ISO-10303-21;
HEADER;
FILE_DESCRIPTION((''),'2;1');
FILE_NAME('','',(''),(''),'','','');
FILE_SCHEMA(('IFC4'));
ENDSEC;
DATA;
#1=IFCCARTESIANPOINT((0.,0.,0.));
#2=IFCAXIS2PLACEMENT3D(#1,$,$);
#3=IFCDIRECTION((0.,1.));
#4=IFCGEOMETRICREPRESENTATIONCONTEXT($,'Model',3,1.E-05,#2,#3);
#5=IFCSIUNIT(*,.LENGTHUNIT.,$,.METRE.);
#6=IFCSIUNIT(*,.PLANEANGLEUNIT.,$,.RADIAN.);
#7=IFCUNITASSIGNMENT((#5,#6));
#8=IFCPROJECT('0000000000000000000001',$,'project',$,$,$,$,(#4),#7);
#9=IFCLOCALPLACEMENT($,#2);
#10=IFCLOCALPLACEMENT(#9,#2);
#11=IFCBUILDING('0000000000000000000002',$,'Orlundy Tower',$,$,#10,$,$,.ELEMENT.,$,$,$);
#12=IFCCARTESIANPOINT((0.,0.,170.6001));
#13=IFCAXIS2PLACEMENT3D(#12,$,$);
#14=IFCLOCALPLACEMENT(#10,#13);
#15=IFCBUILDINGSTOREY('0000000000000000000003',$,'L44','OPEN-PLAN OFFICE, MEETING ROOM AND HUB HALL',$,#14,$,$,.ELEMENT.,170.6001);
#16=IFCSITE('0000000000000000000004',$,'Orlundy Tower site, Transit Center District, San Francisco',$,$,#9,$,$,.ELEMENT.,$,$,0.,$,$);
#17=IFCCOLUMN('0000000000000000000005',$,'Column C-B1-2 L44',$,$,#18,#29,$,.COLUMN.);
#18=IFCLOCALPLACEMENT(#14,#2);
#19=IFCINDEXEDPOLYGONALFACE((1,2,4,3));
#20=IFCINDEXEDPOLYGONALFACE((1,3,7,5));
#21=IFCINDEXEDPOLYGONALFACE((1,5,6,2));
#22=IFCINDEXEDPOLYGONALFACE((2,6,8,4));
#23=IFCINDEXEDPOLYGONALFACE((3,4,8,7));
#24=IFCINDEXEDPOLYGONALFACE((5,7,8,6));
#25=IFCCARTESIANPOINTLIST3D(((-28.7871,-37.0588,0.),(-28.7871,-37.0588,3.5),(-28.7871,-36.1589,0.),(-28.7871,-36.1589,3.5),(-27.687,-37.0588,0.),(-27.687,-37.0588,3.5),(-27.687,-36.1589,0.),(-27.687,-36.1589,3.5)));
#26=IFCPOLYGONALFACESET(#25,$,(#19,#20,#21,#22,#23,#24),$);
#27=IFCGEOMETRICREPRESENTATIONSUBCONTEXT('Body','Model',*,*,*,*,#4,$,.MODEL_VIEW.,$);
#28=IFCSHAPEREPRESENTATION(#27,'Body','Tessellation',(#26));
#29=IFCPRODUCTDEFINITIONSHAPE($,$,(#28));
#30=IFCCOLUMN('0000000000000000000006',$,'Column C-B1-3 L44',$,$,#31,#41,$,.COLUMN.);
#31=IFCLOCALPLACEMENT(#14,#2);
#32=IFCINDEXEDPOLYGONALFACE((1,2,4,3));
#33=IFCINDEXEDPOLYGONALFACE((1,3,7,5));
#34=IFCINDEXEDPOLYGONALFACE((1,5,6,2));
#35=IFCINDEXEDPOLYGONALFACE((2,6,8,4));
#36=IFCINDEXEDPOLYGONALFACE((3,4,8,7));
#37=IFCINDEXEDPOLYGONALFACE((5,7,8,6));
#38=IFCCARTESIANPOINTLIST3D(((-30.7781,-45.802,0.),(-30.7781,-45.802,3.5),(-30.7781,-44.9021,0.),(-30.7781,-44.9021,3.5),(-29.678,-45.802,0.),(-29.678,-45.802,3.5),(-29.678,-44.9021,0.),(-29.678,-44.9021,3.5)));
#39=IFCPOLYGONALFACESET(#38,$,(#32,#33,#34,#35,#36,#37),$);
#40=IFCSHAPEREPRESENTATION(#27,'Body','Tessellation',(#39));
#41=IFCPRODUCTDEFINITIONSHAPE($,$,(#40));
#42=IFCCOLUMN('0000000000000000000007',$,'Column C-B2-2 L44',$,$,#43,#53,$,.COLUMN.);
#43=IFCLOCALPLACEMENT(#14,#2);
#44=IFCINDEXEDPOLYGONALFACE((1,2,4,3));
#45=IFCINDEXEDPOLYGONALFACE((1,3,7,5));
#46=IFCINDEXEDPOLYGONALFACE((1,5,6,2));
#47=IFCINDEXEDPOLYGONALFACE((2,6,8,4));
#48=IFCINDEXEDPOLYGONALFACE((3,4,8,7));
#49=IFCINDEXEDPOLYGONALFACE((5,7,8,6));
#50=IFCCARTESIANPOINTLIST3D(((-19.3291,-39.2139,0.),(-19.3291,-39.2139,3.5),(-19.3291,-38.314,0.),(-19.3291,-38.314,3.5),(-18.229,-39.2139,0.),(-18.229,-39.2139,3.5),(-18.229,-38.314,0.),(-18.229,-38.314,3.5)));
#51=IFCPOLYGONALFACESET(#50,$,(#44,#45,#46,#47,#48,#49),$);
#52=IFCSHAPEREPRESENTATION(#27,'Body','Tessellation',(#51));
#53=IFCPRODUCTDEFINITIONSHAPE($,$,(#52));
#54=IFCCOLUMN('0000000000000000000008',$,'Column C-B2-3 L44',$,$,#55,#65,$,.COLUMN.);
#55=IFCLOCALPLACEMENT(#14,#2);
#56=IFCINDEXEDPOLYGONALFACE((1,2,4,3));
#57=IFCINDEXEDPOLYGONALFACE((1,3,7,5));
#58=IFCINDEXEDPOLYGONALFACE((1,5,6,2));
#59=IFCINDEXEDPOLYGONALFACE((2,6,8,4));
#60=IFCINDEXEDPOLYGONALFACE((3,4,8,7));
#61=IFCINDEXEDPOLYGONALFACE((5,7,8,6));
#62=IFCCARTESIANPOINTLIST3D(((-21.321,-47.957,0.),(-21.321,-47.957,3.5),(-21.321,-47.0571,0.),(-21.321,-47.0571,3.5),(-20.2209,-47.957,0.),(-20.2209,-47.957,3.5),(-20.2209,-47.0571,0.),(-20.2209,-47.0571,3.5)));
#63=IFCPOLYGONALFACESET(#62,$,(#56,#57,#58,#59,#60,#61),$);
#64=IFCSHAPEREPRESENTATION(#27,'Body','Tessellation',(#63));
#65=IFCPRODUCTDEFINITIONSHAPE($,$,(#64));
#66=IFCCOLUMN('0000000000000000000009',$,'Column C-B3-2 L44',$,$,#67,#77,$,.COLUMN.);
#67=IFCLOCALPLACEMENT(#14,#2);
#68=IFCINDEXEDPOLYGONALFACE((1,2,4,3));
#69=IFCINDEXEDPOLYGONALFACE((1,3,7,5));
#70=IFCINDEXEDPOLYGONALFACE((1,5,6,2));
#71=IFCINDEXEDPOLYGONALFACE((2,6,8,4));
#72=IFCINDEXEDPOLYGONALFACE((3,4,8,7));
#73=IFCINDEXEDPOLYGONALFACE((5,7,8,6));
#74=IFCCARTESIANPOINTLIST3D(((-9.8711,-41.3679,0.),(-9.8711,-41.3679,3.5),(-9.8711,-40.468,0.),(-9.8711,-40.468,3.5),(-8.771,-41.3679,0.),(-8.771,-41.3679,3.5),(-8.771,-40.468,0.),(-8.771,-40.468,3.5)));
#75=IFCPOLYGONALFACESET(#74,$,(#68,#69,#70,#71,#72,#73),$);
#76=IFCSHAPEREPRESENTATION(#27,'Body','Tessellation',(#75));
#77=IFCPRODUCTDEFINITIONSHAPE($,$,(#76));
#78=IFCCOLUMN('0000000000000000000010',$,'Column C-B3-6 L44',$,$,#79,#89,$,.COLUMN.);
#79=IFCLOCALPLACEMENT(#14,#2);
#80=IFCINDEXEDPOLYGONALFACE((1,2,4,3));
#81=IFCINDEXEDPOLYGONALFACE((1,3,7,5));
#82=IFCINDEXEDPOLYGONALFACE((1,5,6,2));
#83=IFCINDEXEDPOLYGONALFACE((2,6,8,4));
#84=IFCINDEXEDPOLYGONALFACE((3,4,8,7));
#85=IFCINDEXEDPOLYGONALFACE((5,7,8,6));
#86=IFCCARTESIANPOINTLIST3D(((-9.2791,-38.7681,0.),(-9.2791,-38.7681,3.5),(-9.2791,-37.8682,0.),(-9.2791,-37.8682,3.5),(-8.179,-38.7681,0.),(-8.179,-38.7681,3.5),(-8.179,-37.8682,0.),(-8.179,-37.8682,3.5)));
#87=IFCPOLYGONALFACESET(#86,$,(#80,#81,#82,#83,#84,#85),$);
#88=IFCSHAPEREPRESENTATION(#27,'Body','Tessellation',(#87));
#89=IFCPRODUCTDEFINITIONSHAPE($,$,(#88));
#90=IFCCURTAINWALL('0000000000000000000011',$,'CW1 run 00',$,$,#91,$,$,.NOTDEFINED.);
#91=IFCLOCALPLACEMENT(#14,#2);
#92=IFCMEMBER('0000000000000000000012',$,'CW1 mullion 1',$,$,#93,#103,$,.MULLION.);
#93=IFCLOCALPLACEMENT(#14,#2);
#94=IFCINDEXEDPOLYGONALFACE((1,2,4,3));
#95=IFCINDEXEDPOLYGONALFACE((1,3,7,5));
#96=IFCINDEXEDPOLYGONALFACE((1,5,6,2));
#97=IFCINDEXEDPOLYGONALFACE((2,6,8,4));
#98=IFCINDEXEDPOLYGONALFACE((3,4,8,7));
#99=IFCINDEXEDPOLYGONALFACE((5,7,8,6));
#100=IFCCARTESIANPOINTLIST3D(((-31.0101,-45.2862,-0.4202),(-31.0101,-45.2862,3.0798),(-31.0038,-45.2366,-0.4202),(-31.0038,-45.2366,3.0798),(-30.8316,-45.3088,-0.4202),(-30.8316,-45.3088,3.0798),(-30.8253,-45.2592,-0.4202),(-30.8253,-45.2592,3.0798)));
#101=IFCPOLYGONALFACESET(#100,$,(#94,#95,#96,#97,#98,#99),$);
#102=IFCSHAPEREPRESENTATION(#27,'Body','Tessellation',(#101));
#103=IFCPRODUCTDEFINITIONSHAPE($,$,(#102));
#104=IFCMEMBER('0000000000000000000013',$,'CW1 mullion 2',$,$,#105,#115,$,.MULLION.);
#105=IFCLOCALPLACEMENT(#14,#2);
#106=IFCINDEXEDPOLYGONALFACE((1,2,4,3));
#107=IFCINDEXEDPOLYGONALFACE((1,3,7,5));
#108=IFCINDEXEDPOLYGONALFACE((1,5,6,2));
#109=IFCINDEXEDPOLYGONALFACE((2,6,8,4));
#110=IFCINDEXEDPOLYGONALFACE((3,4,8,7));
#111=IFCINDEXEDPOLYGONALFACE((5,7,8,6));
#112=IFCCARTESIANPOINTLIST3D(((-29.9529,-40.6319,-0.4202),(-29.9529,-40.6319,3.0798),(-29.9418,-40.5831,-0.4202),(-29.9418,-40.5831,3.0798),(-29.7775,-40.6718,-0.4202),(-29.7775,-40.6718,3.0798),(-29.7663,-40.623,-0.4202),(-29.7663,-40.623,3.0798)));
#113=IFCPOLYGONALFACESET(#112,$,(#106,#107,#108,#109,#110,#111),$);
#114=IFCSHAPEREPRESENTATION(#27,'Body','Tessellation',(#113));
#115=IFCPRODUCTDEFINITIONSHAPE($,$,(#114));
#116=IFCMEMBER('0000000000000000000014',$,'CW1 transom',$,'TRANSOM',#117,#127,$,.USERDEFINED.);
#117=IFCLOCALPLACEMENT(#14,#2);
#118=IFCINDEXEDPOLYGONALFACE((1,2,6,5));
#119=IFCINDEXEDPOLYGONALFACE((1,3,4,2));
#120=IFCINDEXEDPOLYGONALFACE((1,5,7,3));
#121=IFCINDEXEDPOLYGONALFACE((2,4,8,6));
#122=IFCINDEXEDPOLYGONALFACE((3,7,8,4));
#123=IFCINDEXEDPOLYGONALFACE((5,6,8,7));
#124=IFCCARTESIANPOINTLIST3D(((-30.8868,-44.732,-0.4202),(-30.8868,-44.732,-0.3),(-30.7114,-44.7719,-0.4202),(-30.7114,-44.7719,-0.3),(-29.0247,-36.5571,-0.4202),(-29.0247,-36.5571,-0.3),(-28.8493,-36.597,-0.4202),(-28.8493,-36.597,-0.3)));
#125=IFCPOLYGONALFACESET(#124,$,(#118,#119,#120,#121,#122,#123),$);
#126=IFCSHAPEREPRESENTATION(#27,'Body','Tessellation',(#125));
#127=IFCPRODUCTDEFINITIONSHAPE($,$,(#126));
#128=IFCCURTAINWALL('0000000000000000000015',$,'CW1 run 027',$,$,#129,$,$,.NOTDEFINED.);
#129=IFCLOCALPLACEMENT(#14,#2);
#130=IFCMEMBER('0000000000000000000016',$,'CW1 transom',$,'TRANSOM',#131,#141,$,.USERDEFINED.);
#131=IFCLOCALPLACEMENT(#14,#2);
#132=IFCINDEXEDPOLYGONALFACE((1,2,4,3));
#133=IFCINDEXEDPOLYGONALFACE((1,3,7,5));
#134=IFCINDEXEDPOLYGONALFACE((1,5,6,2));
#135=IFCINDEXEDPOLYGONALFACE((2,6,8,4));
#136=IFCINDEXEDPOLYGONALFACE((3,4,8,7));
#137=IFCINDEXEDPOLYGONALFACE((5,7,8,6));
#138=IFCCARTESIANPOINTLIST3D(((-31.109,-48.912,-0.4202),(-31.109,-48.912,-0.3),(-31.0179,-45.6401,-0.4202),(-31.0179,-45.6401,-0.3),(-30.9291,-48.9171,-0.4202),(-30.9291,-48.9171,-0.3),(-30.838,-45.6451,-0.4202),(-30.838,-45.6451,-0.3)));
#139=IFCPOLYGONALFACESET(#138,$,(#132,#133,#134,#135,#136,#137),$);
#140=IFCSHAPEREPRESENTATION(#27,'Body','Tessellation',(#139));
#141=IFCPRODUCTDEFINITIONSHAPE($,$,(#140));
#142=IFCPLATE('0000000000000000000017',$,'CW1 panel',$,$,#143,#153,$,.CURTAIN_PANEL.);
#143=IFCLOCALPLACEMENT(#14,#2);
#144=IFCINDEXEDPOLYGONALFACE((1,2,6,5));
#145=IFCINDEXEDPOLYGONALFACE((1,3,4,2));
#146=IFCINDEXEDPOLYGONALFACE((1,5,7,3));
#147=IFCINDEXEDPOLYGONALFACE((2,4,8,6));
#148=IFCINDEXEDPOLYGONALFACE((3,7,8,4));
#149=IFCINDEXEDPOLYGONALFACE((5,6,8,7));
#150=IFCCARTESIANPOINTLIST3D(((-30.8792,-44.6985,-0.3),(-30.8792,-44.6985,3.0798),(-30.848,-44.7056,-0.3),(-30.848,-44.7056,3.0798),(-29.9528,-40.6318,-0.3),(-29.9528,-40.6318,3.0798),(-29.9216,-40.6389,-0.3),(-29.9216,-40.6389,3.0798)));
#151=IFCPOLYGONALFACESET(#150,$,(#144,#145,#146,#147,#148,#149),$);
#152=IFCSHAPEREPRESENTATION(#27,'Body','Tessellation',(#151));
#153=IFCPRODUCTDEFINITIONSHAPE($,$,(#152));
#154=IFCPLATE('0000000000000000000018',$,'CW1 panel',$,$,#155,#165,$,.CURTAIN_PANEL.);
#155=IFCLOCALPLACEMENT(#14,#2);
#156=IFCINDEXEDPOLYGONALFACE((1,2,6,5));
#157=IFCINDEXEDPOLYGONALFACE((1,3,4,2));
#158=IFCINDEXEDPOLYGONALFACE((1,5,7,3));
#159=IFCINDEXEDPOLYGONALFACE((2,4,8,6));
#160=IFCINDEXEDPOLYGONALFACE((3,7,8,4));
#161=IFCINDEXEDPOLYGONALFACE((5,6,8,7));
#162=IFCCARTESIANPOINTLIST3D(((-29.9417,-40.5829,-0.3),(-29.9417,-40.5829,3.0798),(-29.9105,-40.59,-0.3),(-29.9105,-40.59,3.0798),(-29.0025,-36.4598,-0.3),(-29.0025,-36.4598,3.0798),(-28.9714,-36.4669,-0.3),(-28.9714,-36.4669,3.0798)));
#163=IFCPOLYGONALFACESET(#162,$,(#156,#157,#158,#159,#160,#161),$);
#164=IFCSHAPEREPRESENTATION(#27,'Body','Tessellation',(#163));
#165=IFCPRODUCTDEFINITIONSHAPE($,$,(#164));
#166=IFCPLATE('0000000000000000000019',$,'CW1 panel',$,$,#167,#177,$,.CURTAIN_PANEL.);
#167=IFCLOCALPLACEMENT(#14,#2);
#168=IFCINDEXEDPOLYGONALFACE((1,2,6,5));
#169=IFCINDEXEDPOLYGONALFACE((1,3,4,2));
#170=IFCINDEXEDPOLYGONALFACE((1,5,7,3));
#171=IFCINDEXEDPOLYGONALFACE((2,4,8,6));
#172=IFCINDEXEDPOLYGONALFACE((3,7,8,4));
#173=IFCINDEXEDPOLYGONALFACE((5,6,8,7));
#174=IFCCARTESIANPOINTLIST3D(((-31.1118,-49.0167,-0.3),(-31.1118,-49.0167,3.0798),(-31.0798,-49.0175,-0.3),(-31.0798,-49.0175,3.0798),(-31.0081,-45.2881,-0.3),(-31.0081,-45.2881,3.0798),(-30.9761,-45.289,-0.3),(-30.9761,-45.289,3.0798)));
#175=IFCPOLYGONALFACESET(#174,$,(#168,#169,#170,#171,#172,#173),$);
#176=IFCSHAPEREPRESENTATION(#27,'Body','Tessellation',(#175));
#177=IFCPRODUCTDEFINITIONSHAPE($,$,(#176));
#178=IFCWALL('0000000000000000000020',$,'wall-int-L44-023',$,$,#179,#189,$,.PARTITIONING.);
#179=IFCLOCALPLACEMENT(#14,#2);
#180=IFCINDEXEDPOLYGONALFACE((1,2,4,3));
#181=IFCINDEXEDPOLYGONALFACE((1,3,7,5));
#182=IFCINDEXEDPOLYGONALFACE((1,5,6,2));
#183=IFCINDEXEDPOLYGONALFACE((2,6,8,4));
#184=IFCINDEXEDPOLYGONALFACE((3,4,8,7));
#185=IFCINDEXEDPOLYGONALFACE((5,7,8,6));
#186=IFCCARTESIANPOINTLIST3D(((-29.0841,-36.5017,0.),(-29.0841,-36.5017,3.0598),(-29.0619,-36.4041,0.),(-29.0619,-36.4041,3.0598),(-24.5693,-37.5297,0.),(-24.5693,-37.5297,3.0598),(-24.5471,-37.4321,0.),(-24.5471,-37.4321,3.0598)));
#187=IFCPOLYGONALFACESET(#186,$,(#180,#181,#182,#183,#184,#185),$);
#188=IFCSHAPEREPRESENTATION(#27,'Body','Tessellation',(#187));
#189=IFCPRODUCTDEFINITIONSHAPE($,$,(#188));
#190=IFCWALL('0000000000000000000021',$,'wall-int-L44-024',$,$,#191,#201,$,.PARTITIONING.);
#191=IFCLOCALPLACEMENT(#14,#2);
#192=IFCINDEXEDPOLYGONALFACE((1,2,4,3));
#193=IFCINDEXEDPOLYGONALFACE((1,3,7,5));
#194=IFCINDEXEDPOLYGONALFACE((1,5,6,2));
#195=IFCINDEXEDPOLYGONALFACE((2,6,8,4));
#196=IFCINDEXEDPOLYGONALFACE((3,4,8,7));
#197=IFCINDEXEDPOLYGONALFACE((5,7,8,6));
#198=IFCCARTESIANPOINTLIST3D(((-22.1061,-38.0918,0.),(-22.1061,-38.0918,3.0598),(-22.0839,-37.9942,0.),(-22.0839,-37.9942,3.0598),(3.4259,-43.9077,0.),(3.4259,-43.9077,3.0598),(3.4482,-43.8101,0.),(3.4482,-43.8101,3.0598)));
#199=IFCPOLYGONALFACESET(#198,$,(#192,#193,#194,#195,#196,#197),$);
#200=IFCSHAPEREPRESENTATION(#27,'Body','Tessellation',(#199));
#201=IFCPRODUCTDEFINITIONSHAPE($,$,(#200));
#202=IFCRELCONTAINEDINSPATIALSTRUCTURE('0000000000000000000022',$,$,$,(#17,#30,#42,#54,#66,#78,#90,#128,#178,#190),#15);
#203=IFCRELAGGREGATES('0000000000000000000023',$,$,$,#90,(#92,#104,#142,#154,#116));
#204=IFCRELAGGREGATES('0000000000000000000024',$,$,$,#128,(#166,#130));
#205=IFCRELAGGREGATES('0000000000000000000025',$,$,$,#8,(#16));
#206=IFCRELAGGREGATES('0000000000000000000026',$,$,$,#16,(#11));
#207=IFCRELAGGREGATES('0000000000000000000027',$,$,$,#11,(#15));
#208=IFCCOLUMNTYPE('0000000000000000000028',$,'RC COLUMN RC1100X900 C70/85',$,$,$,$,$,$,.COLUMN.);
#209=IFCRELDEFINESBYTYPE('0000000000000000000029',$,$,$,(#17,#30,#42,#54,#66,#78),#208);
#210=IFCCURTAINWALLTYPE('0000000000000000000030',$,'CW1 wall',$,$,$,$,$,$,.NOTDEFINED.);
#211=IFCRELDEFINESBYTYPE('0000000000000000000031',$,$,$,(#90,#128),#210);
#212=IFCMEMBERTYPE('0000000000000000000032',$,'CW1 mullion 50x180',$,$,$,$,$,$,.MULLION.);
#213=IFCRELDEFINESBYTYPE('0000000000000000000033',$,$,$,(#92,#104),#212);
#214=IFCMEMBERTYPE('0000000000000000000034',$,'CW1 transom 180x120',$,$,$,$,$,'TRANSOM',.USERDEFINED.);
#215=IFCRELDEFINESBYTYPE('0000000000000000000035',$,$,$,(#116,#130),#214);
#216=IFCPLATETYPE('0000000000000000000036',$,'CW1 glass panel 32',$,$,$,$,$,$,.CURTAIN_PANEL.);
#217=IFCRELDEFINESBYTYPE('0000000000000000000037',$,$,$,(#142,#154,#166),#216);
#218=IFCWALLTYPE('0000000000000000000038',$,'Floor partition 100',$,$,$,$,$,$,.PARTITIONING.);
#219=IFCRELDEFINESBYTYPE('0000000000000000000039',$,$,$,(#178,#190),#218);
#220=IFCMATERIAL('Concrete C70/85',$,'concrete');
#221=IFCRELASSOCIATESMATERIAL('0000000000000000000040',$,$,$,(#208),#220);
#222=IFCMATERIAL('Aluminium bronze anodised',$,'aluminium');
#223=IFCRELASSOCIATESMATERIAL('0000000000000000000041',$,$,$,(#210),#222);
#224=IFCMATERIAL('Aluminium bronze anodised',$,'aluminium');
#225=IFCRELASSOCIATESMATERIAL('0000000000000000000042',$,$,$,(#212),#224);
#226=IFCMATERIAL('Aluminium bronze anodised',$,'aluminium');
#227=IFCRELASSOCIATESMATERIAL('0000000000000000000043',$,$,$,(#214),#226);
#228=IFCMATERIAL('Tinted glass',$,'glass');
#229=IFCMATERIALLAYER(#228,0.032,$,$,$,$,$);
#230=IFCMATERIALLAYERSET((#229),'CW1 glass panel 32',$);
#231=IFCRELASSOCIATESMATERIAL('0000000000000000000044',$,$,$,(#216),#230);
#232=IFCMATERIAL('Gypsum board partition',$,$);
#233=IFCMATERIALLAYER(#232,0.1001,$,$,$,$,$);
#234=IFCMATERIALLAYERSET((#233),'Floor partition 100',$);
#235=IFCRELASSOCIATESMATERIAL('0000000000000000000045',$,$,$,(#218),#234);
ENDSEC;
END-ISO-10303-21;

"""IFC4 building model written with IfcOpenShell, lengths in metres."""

from ifc_helpers import new_model, si_unit, direction, frame, frame_2d, origin, origin_2d, place, context, subcontext, project, spatial, rectangle, extrude, material, layer, layer_set, material_profile, profile_set, type_object, element, aggregate, save


model = new_model("IFC4")

# Units and contexts
model_context = context("Model", 3, precision=1e-05, world=origin(), true_north=direction((0.0, 1.0)))
body_context = subcontext(model_context, "Body", "Model", "MODEL_VIEW")
ifc_project = project(units=[si_unit("LENGTHUNIT", "METRE"), si_unit("PLANEANGLEUNIT", "RADIAN")], contexts=[model_context])

# Site, building, storey
site_placement = place(None, origin())
site = spatial("IfcSite", under=ifc_project, at=site_placement, Name="Orlundy Tower site, Transit Center District, San Francisco", CompositionType="ELEMENT", RefElevation=0.0)
building_placement = place(site_placement, origin())
building = spatial("IfcBuilding", under=site, at=building_placement, Name="Orlundy Tower", CompositionType="ELEMENT")
storey_placement = place(building_placement, frame((0.0, 0.0, 170.6001)))
storey = spatial("IfcBuildingStorey", under=building, at=storey_placement, Name="L44", Description="OPEN-PLAN OFFICE, MEETING ROOM AND HUB HALL", CompositionType="ELEMENT", Elevation=170.6001)

# Columns
ifc_material_1 = material(Name="Concrete C70/85", Category="concrete")
ifc_material_profile_1 = material_profile(ifc_material_1, rectangle(XDim=1.1001, YDim=0.8999, at=origin_2d()), Name="RC1100X900")
ifc_profile_set_1 = profile_set([ifc_material_profile_1], Name="Concrete C70/85")
column_type = type_object("IfcColumnType", Name="RC COLUMN RC1100X900 C70/85", PredefinedType="COLUMN", material=ifc_profile_set_1)
for number, where, z_axis, x_axis, name in (
    (1, (-28.2371, -36.6089, 0.0), (0.0, 0.0, 1.0), (1.0, 0.0, 0.0), "Column C-B1-2 L44"),
    (2, (-30.228, -45.3521, 0.0), (0.0, 0.0, 1.0), (1.0, 0.0, 0.0), "Column C-B1-3 L44"),
    (3, (-18.7791, -38.7639, 0.0), (0.0, 0.0, 1.0), (1.0, 0.0, 0.0), "Column C-B2-2 L44"),
    (4, (-20.771, -47.5071, 0.0), (0.0, 0.0, 1.0), (1.0, 0.0, 0.0), "Column C-B2-3 L44"),
    (5, (-9.321, -40.918, 0.0), (0.0, 0.0, 1.0), (1.0, 0.0, 0.0), "Column C-B3-2 L44"),
    (6, (-8.729, -38.3181, 0.0), (0.0, 0.0, 1.0), (1.0, 0.0, 0.0), "Column C-B3-6 L44"),
):
    element("IfcColumn", number, at=place(storey_placement, frame(where, z_axis=z_axis, x_axis=x_axis)), inside=storey, type_object=column_type, Name=name, PredefinedType="COLUMN", context=body_context, shape_type="SweptSolid", body=[
        extrude(rectangle(XDim=1.1001, YDim=0.8999, at=origin_2d()), origin(), (0.0, 0.0, 1.0), 3.5),
    ])

# Curtain wall, members
ifc_material_2 = material(Name="Aluminium bronze anodised", Category="aluminium")
curtain_wall_type = type_object("IfcCurtainWallType", Name="CW1 wall", PredefinedType="NOTDEFINED", material=ifc_material_2)
curtain_wall_1_placement = place(storey_placement, origin())
curtain_wall_1 = element("IfcCurtainWall", 7, at=curtain_wall_1_placement, inside=storey, type_object=curtain_wall_type, Name="CW1 run 00", PredefinedType="NOTDEFINED")
ifc_material_3 = material(Name="Aluminium bronze anodised", Category="aluminium")
ifc_material_profile_2 = material_profile(ifc_material_3, rectangle(XDim=0.1799, YDim=0.05, at=origin_2d()), Name="CW1 mullion 50x180")
ifc_profile_set_2 = profile_set([ifc_material_profile_2], Name="Aluminium bronze anodised")
member_type_1 = type_object("IfcMemberType", Name="CW1 mullion 50x180", PredefinedType="MULLION", material=ifc_profile_set_2)
member_1_placement = place(storey_placement, frame((-30.9177, -45.2727, -0.4202), z_axis=(0.0, 0.0, 1.0), x_axis=(-0.992088, 0.125547, 0.0)))
member_1 = element("IfcMember", 8, at=member_1_placement, type_object=member_type_1, Name="CW1 mullion 1", PredefinedType="MULLION", context=body_context, shape_type="SweptSolid", body=[
    extrude(rectangle(XDim=0.1799, YDim=0.05, at=origin_2d()), origin(), (0.0, 0.0, 1.0), 3.5),
])
member_2_placement = place(storey_placement, frame((-29.8596, -40.6274, -0.4202), z_axis=(0.0, 0.0, 1.0), x_axis=(-0.975025, 0.222097, 0.0)))
member_2 = element("IfcMember", 9, at=member_2_placement, type_object=member_type_1, Name="CW1 mullion 2", PredefinedType="MULLION", context=body_context, shape_type="SweptSolid", body=[
    extrude(rectangle(XDim=0.1799, YDim=0.05, at=origin_2d()), origin(), (0.0, 0.0, 1.0), 3.5),
])
ifc_material_4 = material(Name="Aluminium bronze anodised", Category="aluminium")
ifc_material_profile_3 = material_profile(ifc_material_4, rectangle(XDim=0.1799, YDim=0.1201, at=origin_2d()), Name="CW1 transom 180x120")
ifc_profile_set_3 = profile_set([ifc_material_profile_3], Name="Aluminium bronze anodised")
member_type_2 = type_object("IfcMemberType", Name="CW1 transom 180x120", ElementType="TRANSOM", PredefinedType="USERDEFINED", material=ifc_profile_set_3)
member_3_placement = place(storey_placement, frame((-30.7991, -44.752, -0.3601), z_axis=(0.222092, 0.975026, 0.0), x_axis=(-0.975026, 0.222092, 0.0)))
member_3 = element("IfcMember", 10, at=member_3_placement, type_object=member_type_2, Name="CW1 transom", ObjectType="TRANSOM", PredefinedType="USERDEFINED", context=body_context, shape_type="SweptSolid", body=[
    extrude(rectangle(XDim=0.1799, YDim=0.1201, at=origin_2d()), origin(), (0.0, 0.0, 1.0), 8.3843),
])

# Curtain wall, member
curtain_wall_2_placement = place(storey_placement, origin())
curtain_wall_2 = element("IfcCurtainWall", 11, at=curtain_wall_2_placement, inside=storey, type_object=curtain_wall_type, Name="CW1 run 027", PredefinedType="NOTDEFINED")
member_4_placement = place(storey_placement, frame((-31.019, -48.9146, -0.3601), z_axis=(0.027821, 0.999613, 0.0), x_axis=(-0.999613, 0.027821, 0.0)))
member_4 = element("IfcMember", 12, at=member_4_placement, type_object=member_type_2, Name="CW1 transom", ObjectType="TRANSOM", PredefinedType="USERDEFINED", context=body_context, shape_type="SweptSolid", body=[
    extrude(rectangle(XDim=0.1799, YDim=0.1201, at=origin_2d()), origin(), (0.0, 0.0, 1.0), 3.2732),
])

# Plates
ifc_material_5 = material(Name="Tinted glass", Category="glass")
ifc_layer_1 = layer(ifc_material_5, 0.032)
ifc_layer_set_1 = layer_set([ifc_layer_1], Name="CW1 glass panel 32")
plate_type = type_object("IfcPlateType", Name="CW1 glass panel 32", PredefinedType="CURTAIN_PANEL", material=ifc_layer_set_1)
plate_1_placement = place(storey_placement, frame((-30.4004, -42.6687, -0.3), z_axis=(0.0, 0.0, 1.0), x_axis=(0.222097, 0.975025, 0.0)))
plate_1 = element("IfcPlate", 13, at=plate_1_placement, type_object=plate_type, Name="CW1 panel", PredefinedType="CURTAIN_PANEL", context=body_context, shape_type="SweptSolid", body=[
    extrude(rectangle(XDim=4.1709, YDim=0.032, at=origin_2d()), origin(), (0.0, 0.0, 1.0), 3.3799),
])
plate_2_placement = place(storey_placement, frame((-29.4565, -38.5249, -0.3), z_axis=(0.0, 0.0, 1.0), x_axis=(0.222097, 0.975025, 0.0)))
plate_2 = element("IfcPlate", 14, at=plate_2_placement, type_object=plate_type, Name="CW1 panel", PredefinedType="CURTAIN_PANEL", context=body_context, shape_type="SweptSolid", body=[
    extrude(rectangle(XDim=4.2288, YDim=0.032, at=origin_2d()), origin(), (0.0, 0.0, 1.0), 3.3799),
])
aggregate(curtain_wall_1, [member_1, member_2, plate_1, plate_2, member_3])
plate_3_placement = place(storey_placement, frame((-31.0439, -47.1528, -0.3), z_axis=(0.0, 0.0, 1.0), x_axis=(0.02779, 0.999614, 0.0)))
plate_3 = element("IfcPlate", 15, at=plate_3_placement, type_object=plate_type, Name="CW1 panel", PredefinedType="CURTAIN_PANEL", context=body_context, shape_type="SweptSolid", body=[
    extrude(rectangle(XDim=3.73, YDim=0.032, at=origin_2d()), origin(), (0.0, 0.0, 1.0), 3.3799),
])
aggregate(curtain_wall_2, [plate_3, member_4])

# Walls
ifc_material_6 = material(Name="Gypsum board partition")
ifc_layer_2 = layer(ifc_material_6, 0.1001)
ifc_layer_set_2 = layer_set([ifc_layer_2], Name="Floor partition 100")
wall_type_1 = type_object("IfcWallType", Name="Floor partition 100", PredefinedType="PARTITIONING", material=ifc_layer_set_2)
wall_1_placement = place(storey_placement, frame((-29.073, -36.4529, 0.0), z_axis=(0.0, 0.0, 1.0), x_axis=(0.975041, -0.222024, 0.0)))
element("IfcWall", 16, at=wall_1_placement, inside=storey, type_object=wall_type_1, Name="wall-int-L44-023", PredefinedType="PARTITIONING", context=body_context, shape_type="SweptSolid", body=[
    extrude(rectangle(XDim=4.6304, YDim=0.1001, at=frame_2d((2.3152, 0.0))), origin(), (0.0, 0.0, 1.0), 3.0598),
])
wall_2_placement = place(storey_placement, frame((-22.095, -38.043, 0.0), z_axis=(0.0, 0.0, 1.0), x_axis=(0.975024, -0.2221, 0.0)))
element("IfcWall", 17, at=wall_2_placement, inside=storey, type_object=wall_type_1, Name="wall-int-L44-024", PredefinedType="PARTITIONING", context=body_context, shape_type="SweptSolid", body=[
    extrude(rectangle(XDim=26.186, YDim=0.1001, at=frame_2d((13.093, 0.0))), origin(), (0.0, 0.0, 1.0), 3.0598),
])

save(model, "model.ifc")
